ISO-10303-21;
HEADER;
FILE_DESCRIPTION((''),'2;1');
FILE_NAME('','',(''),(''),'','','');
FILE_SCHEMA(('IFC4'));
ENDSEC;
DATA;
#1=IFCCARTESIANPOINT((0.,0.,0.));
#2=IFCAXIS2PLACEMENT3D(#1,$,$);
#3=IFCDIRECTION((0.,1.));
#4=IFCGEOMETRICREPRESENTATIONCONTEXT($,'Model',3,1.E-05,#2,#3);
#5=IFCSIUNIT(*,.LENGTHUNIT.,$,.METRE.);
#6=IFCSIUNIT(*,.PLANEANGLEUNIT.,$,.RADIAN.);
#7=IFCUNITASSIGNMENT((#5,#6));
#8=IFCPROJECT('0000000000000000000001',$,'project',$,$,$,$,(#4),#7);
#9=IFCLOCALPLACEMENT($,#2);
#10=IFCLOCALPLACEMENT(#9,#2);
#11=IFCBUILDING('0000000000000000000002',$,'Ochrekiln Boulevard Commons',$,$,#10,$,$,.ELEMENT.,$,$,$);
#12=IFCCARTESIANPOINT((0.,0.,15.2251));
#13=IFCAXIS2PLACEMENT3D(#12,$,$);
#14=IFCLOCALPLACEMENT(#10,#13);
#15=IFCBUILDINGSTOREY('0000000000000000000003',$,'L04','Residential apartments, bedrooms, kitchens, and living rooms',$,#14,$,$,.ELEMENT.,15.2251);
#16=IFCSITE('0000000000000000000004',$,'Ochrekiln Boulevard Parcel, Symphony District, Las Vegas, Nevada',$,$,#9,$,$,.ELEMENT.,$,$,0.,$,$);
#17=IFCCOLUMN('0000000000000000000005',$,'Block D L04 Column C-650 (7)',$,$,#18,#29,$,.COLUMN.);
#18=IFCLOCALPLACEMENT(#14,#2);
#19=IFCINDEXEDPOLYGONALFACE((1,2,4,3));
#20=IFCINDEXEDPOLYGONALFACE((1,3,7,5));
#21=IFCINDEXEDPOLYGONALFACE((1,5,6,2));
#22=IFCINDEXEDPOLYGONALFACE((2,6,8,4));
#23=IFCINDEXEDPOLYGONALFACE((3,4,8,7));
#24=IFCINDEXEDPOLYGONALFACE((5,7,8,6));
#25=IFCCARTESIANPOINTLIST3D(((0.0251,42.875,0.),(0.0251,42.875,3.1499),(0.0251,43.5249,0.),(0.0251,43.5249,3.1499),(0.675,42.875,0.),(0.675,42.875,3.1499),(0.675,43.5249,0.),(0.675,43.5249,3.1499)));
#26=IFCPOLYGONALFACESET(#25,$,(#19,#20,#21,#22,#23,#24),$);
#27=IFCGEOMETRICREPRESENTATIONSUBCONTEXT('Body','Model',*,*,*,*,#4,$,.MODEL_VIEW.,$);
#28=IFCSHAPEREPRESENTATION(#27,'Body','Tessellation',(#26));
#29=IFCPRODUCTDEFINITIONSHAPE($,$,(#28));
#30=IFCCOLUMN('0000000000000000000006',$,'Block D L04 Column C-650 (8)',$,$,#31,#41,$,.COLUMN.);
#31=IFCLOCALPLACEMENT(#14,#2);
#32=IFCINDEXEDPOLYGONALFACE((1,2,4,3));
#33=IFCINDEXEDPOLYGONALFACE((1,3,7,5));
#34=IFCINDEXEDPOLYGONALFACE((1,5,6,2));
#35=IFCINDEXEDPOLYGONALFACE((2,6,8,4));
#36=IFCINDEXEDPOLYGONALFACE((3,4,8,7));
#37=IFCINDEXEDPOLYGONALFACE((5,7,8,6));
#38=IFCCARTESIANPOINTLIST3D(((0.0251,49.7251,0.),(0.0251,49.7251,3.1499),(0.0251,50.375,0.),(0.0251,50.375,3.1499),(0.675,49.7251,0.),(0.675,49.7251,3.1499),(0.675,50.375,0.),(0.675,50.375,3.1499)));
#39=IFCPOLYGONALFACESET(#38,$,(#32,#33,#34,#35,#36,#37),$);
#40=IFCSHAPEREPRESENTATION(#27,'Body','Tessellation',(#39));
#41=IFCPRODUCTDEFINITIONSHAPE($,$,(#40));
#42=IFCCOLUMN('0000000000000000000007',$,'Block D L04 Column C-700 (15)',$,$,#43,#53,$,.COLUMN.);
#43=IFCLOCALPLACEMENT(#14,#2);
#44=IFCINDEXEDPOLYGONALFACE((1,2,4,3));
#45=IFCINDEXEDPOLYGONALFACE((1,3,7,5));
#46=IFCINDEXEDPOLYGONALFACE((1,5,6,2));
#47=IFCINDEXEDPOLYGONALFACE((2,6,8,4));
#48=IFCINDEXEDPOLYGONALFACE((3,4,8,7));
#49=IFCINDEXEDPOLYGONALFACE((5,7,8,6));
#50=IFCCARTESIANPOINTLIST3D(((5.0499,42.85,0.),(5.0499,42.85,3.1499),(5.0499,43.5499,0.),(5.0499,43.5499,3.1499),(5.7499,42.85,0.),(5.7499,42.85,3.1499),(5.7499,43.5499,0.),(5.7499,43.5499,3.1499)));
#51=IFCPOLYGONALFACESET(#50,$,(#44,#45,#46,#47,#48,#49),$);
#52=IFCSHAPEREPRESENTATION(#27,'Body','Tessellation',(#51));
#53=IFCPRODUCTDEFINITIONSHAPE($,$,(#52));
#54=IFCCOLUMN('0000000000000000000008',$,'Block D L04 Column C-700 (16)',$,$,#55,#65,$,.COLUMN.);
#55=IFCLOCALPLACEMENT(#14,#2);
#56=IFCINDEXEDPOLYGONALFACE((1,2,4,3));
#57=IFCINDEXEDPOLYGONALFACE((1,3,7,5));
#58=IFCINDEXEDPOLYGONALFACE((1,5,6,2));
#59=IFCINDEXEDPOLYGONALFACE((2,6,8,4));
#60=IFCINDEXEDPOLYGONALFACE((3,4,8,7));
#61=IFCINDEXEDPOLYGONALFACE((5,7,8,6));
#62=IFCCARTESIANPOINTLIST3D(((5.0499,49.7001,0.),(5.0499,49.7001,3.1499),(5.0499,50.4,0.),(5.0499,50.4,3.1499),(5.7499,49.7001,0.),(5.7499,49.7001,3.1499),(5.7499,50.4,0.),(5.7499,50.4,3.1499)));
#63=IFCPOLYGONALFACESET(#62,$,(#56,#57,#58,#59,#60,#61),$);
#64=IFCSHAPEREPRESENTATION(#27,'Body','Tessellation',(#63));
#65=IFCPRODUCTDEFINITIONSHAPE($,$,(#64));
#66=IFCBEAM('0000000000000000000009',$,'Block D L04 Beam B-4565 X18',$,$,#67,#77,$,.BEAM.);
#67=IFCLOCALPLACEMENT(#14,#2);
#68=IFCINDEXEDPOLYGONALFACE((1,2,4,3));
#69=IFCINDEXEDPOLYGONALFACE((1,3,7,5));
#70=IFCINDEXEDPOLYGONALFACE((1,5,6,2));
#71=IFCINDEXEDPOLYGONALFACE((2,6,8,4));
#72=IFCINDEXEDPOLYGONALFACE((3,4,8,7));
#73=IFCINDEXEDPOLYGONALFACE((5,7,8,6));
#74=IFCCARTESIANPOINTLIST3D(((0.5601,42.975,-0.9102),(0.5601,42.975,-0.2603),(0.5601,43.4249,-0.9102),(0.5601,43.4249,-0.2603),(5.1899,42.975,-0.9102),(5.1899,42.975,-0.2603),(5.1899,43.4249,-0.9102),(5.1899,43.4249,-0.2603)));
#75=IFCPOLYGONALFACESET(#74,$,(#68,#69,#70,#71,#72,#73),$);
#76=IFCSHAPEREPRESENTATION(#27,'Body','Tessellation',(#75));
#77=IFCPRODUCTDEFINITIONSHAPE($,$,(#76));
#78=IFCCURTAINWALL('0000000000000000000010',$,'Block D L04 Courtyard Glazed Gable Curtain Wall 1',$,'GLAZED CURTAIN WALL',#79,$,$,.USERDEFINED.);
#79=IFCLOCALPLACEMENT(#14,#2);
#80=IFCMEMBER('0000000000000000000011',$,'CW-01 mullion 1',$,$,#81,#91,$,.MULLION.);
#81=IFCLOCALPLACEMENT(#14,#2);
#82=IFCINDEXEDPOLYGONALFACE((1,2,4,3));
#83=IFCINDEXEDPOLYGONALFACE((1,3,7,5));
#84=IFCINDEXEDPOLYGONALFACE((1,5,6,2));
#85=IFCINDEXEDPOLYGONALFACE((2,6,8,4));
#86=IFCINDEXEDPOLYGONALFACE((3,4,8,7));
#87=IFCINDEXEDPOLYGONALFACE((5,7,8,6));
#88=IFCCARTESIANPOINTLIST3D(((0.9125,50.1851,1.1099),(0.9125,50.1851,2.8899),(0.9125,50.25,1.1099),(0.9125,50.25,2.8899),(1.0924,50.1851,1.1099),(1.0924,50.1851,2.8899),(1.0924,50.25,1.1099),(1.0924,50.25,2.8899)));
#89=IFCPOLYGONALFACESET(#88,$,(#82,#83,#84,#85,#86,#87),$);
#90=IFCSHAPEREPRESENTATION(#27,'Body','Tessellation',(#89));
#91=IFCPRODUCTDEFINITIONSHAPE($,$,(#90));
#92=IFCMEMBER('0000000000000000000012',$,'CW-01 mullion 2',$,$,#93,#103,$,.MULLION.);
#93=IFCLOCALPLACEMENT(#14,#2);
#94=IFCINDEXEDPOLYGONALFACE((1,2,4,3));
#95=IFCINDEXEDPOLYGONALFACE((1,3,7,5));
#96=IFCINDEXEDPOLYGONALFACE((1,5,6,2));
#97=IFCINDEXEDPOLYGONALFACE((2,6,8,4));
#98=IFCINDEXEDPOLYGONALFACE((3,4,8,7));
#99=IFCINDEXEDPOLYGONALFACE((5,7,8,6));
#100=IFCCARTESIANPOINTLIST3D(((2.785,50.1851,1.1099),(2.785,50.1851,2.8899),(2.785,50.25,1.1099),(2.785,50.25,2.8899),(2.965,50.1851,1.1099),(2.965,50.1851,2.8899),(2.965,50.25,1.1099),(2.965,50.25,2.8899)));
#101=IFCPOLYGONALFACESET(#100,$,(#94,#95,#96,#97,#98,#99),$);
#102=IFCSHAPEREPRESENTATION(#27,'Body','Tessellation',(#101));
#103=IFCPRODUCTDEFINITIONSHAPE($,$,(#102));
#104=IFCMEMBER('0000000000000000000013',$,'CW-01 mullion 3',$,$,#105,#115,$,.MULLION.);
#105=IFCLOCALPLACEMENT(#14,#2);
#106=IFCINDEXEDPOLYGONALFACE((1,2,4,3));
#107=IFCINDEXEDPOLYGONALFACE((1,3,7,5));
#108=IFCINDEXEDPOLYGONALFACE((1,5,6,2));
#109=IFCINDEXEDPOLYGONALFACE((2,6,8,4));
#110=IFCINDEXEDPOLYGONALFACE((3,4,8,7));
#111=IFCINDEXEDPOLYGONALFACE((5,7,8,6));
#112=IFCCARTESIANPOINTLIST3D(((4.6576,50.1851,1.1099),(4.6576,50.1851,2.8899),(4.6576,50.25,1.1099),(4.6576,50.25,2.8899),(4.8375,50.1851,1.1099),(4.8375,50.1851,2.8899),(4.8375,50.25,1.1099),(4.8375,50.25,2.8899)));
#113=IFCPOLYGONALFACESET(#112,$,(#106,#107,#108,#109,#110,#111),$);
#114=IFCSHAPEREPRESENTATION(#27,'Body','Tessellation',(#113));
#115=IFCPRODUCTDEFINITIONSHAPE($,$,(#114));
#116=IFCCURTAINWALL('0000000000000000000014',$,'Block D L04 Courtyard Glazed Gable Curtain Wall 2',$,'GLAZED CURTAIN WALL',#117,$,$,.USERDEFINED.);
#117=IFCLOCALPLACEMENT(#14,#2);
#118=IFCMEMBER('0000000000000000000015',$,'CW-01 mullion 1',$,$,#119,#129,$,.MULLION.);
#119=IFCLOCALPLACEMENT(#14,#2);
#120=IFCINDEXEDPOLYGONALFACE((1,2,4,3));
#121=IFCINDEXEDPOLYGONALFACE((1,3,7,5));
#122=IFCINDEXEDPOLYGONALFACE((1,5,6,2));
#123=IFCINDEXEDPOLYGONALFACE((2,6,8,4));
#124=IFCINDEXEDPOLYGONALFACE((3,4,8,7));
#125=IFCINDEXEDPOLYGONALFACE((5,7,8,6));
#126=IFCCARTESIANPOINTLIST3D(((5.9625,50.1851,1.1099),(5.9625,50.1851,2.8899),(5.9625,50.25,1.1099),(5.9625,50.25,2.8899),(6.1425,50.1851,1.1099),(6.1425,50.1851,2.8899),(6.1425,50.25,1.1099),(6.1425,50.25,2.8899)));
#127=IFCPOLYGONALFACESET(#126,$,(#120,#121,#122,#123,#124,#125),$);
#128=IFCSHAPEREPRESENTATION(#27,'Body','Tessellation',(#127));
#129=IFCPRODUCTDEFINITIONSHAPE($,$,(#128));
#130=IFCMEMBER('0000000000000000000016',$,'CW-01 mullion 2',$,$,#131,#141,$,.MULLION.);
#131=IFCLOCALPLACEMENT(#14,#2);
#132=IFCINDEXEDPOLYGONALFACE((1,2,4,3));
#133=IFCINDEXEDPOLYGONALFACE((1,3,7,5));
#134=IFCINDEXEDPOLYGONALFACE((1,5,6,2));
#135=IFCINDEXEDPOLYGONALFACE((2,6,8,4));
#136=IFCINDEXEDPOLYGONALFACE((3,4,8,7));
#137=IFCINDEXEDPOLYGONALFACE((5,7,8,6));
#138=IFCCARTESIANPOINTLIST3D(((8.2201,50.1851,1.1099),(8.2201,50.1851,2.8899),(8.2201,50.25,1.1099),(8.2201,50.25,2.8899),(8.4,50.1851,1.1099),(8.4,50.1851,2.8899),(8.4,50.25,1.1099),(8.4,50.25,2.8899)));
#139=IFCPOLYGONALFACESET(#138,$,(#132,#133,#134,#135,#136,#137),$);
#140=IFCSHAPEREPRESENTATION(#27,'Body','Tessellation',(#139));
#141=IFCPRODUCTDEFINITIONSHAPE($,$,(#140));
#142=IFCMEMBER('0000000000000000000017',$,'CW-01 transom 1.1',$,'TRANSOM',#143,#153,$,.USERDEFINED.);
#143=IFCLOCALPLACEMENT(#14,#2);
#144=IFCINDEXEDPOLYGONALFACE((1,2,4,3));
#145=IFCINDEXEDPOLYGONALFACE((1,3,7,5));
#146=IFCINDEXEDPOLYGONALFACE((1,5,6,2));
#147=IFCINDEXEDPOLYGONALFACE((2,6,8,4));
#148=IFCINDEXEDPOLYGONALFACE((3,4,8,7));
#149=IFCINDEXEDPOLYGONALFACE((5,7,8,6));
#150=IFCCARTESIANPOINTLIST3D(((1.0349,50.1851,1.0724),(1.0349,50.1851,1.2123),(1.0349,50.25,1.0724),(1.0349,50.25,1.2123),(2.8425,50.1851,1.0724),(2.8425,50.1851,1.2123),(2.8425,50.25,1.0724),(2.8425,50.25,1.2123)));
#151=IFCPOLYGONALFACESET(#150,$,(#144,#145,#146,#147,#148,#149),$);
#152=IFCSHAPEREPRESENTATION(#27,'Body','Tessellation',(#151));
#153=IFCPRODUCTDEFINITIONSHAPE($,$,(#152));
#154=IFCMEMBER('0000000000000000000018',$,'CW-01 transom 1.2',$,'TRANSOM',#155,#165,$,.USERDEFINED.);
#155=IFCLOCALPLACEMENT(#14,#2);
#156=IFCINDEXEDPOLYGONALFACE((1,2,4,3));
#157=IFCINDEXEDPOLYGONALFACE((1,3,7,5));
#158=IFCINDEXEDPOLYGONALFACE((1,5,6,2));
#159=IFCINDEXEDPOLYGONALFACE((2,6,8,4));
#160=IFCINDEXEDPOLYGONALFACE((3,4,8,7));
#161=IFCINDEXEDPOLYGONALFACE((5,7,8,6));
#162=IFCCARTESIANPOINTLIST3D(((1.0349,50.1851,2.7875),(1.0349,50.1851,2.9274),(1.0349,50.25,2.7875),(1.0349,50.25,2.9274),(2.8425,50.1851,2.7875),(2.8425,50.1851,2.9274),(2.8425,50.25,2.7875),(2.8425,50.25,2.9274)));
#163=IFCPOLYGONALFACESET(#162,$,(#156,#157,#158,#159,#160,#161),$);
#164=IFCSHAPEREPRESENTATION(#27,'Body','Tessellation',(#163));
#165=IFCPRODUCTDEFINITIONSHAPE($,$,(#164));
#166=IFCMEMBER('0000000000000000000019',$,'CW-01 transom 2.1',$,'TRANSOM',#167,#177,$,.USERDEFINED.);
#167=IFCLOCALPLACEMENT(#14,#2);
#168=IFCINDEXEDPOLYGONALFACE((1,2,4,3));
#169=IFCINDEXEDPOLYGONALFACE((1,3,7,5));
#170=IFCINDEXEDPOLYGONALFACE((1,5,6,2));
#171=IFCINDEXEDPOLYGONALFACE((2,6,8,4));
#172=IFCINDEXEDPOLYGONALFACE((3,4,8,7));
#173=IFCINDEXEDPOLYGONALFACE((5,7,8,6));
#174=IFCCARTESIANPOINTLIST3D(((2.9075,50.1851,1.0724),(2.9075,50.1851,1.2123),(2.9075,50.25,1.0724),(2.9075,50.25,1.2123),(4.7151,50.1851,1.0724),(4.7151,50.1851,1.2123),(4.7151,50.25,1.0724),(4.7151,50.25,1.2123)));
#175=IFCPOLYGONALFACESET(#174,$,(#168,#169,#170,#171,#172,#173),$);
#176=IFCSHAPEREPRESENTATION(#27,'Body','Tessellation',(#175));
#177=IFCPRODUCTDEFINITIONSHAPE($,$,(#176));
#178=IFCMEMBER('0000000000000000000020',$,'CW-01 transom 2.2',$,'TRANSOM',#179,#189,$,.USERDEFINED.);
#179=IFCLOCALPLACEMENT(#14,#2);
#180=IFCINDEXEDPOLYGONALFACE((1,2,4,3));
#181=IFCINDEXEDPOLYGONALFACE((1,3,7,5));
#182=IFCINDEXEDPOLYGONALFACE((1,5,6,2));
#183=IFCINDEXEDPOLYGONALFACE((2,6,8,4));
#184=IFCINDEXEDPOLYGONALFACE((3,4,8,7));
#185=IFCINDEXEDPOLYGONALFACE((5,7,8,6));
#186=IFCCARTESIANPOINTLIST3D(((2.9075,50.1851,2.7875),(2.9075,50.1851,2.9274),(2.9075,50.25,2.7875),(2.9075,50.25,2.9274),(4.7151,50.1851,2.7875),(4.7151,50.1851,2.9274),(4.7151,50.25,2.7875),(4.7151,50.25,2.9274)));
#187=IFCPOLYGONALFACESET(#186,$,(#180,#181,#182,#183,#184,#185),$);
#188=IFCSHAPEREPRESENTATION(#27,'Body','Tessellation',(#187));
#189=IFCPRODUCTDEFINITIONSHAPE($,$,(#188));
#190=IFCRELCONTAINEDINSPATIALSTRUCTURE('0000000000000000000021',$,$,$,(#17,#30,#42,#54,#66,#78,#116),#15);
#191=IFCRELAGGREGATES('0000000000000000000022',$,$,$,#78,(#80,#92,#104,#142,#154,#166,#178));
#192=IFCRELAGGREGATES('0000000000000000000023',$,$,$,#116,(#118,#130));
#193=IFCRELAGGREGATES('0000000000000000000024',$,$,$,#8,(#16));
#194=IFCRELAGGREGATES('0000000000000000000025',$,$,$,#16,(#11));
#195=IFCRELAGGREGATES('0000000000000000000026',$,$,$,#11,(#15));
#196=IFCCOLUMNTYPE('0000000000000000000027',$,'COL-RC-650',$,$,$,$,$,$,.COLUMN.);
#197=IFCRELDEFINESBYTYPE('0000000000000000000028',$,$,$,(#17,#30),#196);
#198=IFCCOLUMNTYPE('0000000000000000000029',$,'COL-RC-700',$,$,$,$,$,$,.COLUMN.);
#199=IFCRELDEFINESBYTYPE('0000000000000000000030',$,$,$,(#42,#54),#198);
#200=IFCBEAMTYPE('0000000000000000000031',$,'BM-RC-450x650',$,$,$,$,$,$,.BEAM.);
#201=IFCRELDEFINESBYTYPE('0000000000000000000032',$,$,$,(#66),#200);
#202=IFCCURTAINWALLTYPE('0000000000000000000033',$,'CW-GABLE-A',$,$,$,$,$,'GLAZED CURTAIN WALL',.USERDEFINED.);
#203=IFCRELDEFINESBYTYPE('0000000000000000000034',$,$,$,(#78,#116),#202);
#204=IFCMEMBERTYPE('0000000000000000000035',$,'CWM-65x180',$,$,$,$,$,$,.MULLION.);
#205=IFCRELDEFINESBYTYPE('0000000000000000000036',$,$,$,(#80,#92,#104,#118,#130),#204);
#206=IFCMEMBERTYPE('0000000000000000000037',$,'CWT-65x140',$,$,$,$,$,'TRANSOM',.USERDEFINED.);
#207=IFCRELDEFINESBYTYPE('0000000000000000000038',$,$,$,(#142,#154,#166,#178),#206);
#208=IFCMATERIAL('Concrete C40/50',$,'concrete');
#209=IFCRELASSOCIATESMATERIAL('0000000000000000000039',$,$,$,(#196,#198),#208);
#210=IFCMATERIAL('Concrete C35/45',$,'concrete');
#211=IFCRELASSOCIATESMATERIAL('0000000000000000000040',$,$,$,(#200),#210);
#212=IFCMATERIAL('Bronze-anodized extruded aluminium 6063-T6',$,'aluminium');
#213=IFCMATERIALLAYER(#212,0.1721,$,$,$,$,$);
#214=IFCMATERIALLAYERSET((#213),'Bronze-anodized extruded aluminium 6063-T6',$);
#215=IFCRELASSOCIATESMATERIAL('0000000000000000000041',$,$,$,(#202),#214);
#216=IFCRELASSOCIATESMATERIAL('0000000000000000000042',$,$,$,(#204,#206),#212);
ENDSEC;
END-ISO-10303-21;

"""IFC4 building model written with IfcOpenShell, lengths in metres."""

from ifc_helpers import new_model, si_unit, direction, frame, origin, origin_2d, place, context, subcontext, project, spatial, rectangle, extrude, material, layer, layer_set, material_profile, profile_set, type_object, element, aggregate, save


model = new_model("IFC4")

# Units and contexts
model_context = context("Model", 3, precision=1e-05, world=origin(), true_north=direction((0.0, 1.0)))
body_context = subcontext(model_context, "Body", "Model", "MODEL_VIEW")
ifc_project = project(units=[si_unit("LENGTHUNIT", "METRE"), si_unit("PLANEANGLEUNIT", "RADIAN")], contexts=[model_context])

# Site, building, storey
site_placement = place(None, origin())
site = spatial("IfcSite", under=ifc_project, at=site_placement, Name="Ochrekiln Boulevard Parcel, Symphony District, Las Vegas, Nevada", CompositionType="ELEMENT", RefElevation=0.0)
building_placement = place(site_placement, origin())
building = spatial("IfcBuilding", under=site, at=building_placement, Name="Ochrekiln Boulevard Commons", CompositionType="ELEMENT")
storey_placement = place(building_placement, frame((0.0, 0.0, 15.2251)))
storey = spatial("IfcBuildingStorey", under=building, at=storey_placement, Name="L04", Description="Residential apartments, bedrooms, kitchens, and living rooms", CompositionType="ELEMENT", Elevation=15.2251)

# Columns
ifc_material_1 = material(Name="Concrete C40/50", Category="concrete")
ifc_material_profile_1 = material_profile(ifc_material_1, rectangle(XDim=0.6499, YDim=0.6499, at=origin_2d()), Name="RC-COL-650x650")
ifc_profile_set_1 = profile_set([ifc_material_profile_1], Name="Concrete C40/50")
column_type_1 = type_object("IfcColumnType", Name="COL-RC-650", PredefinedType="COLUMN", material=ifc_profile_set_1)
for number, where, z_axis, x_axis, name in (
    (1, (0.3501, 43.2, 0.0), (0.0, 0.0, 1.0), (1.0, 0.0, 0.0), "Block D L04 Column C-650 (7)"),
    (2, (0.3501, 50.05, 0.0), (0.0, 0.0, 1.0), (1.0, 0.0, 0.0), "Block D L04 Column C-650 (8)"),
):
    element("IfcColumn", number, at=place(storey_placement, frame(where, z_axis=z_axis, x_axis=x_axis)), inside=storey, type_object=column_type_1, Name=name, PredefinedType="COLUMN", context=body_context, shape_type="SweptSolid", body=[
        extrude(rectangle(XDim=0.6499, YDim=0.6499, at=origin_2d()), origin(), (0.0, 0.0, 1.0), 3.1499),
    ])
ifc_material_profile_2 = material_profile(ifc_material_1, rectangle(XDim=0.7, YDim=0.7, at=origin_2d()), Name="RC-COL-700x700")
ifc_profile_set_2 = profile_set([ifc_material_profile_2], Name="Concrete C40/50")
column_type_2 = type_object("IfcColumnType", Name="COL-RC-700", PredefinedType="COLUMN", material=ifc_profile_set_2)
for number, where, z_axis, x_axis, name in (
    (3, (5.3999, 43.2, 0.0), (0.0, 0.0, 1.0), (1.0, 0.0, 0.0), "Block D L04 Column C-700 (15)"),
    (4, (5.3999, 50.05, 0.0), (0.0, 0.0, 1.0), (1.0, 0.0, 0.0), "Block D L04 Column C-700 (16)"),
):
    element("IfcColumn", number, at=place(storey_placement, frame(where, z_axis=z_axis, x_axis=x_axis)), inside=storey, type_object=column_type_2, Name=name, PredefinedType="COLUMN", context=body_context, shape_type="SweptSolid", body=[
        extrude(rectangle(XDim=0.7, YDim=0.7, at=origin_2d()), origin(), (0.0, 0.0, 1.0), 3.1499),
    ])

# Beam
ifc_material_2 = material(Name="Concrete C35/45", Category="concrete")
ifc_material_profile_3 = material_profile(ifc_material_2, rectangle(XDim=0.45, YDim=0.6499, at=origin_2d()), Name="RC-BM-450x650")
ifc_profile_set_3 = profile_set([ifc_material_profile_3], Name="Concrete C35/45")
beam_type_1 = type_object("IfcBeamType", Name="BM-RC-450x650", PredefinedType="BEAM", material=ifc_profile_set_3)
beam_1_placement = place(storey_placement, frame((0.5601, 43.2, -0.5852), z_axis=(1.0, 0.0, 0.0), x_axis=(0.0, 1.0, 0.0)))
element("IfcBeam", 5, at=beam_1_placement, inside=storey, type_object=beam_type_1, Name="Block D L04 Beam B-4565 X18", PredefinedType="BEAM", context=body_context, shape_type="SweptSolid", body=[
    extrude(rectangle(XDim=0.45, YDim=0.6499, at=origin_2d()), origin(), (0.0, 0.0, 1.0), 4.6299),
])

# Curtain walls, members
ifc_material_3 = material(Name="Bronze-anodized extruded aluminium 6063-T6", Category="aluminium")
ifc_layer_1 = layer(ifc_material_3, 0.1721)
ifc_layer_set_1 = layer_set([ifc_layer_1], Name="Bronze-anodized extruded aluminium 6063-T6")
curtain_wall_type = type_object("IfcCurtainWallType", Name="CW-GABLE-A", ElementType="GLAZED CURTAIN WALL", PredefinedType="USERDEFINED", material=ifc_layer_set_1)
curtain_wall_1_placement = place(storey_placement, origin())
curtain_wall_1 = element("IfcCurtainWall", 6, at=curtain_wall_1_placement, inside=storey, type_object=curtain_wall_type, Name="Block D L04 Courtyard Glazed Gable Curtain Wall 1", ObjectType="GLAZED CURTAIN WALL", PredefinedType="USERDEFINED")
ifc_material_profile_4 = material_profile(ifc_material_3, rectangle(XDim=0.0649, YDim=0.1799, at=origin_2d()), Name="ALU-MUL-65x180")
ifc_profile_set_4 = profile_set([ifc_material_profile_4], Name="Bronze-anodized extruded aluminium 6063-T6")
member_type_1 = type_object("IfcMemberType", Name="CWM-65x180", PredefinedType="MULLION", material=ifc_profile_set_4)
member_1_placement = place(storey_placement, frame((1.0024, 50.2175, 1.1099), z_axis=(0.0, 0.0, 1.0), x_axis=(0.0, 1.0, 0.0)))
member_1 = element("IfcMember", 7, at=member_1_placement, type_object=member_type_1, Name="CW-01 mullion 1", PredefinedType="MULLION", context=body_context, shape_type="SweptSolid", body=[
    extrude(rectangle(XDim=0.0649, YDim=0.1799, at=origin_2d()), origin(), (0.0, 0.0, 1.0), 1.78),
])
member_2_placement = place(storey_placement, frame((2.875, 50.2175, 1.1099), z_axis=(0.0, 0.0, 1.0), x_axis=(0.0, 1.0, 0.0)))
member_2 = element("IfcMember", 8, at=member_2_placement, type_object=member_type_1, Name="CW-01 mullion 2", PredefinedType="MULLION", context=body_context, shape_type="SweptSolid", body=[
    extrude(rectangle(XDim=0.0649, YDim=0.1799, at=origin_2d()), origin(), (0.0, 0.0, 1.0), 1.78),
])
member_3_placement = place(storey_placement, frame((4.7476, 50.2175, 1.1099), z_axis=(0.0, 0.0, 1.0), x_axis=(0.0, 1.0, 0.0)))
member_3 = element("IfcMember", 9, at=member_3_placement, type_object=member_type_1, Name="CW-01 mullion 3", PredefinedType="MULLION", context=body_context, shape_type="SweptSolid", body=[
    extrude(rectangle(XDim=0.0649, YDim=0.1799, at=origin_2d()), origin(), (0.0, 0.0, 1.0), 1.78),
])
curtain_wall_2_placement = place(storey_placement, origin())
curtain_wall_2 = element("IfcCurtainWall", 10, at=curtain_wall_2_placement, inside=storey, type_object=curtain_wall_type, Name="Block D L04 Courtyard Glazed Gable Curtain Wall 2", ObjectType="GLAZED CURTAIN WALL", PredefinedType="USERDEFINED")
member_4_placement = place(storey_placement, frame((6.0525, 50.2175, 1.1099), z_axis=(0.0, 0.0, 1.0), x_axis=(0.0, 1.0, 0.0)))
member_4 = element("IfcMember", 11, at=member_4_placement, type_object=member_type_1, Name="CW-01 mullion 1", PredefinedType="MULLION", context=body_context, shape_type="SweptSolid", body=[
    extrude(rectangle(XDim=0.0649, YDim=0.1799, at=origin_2d()), origin(), (0.0, 0.0, 1.0), 1.78),
])
member_5_placement = place(storey_placement, frame((8.3101, 50.2175, 1.1099), z_axis=(0.0, 0.0, 1.0), x_axis=(0.0, 1.0, 0.0)))
member_5 = element("IfcMember", 12, at=member_5_placement, type_object=member_type_1, Name="CW-01 mullion 2", PredefinedType="MULLION", context=body_context, shape_type="SweptSolid", body=[
    extrude(rectangle(XDim=0.0649, YDim=0.1799, at=origin_2d()), origin(), (0.0, 0.0, 1.0), 1.78),
])

# Members
ifc_material_profile_5 = material_profile(ifc_material_3, rectangle(XDim=0.0649, YDim=0.1399, at=origin_2d()), Name="ALU-TRN-65x140")
ifc_profile_set_5 = profile_set([ifc_material_profile_5], Name="Bronze-anodized extruded aluminium 6063-T6")
member_type_2 = type_object("IfcMemberType", Name="CWT-65x140", ElementType="TRANSOM", PredefinedType="USERDEFINED", material=ifc_profile_set_5)
member_6_placement = place(storey_placement, frame((1.0349, 50.2175, 1.1423), z_axis=(1.0, 0.0, 0.0), x_axis=(0.0, 1.0, 0.0)))
member_6 = element("IfcMember", 13, at=member_6_placement, type_object=member_type_2, Name="CW-01 transom 1.1", ObjectType="TRANSOM", PredefinedType="USERDEFINED", context=body_context, shape_type="SweptSolid", body=[
    extrude(rectangle(XDim=0.0649, YDim=0.1399, at=origin_2d()), origin(), (0.0, 0.0, 1.0), 1.8076),
])
member_7_placement = place(storey_placement, frame((1.0349, 50.2175, 2.8574), z_axis=(1.0, 0.0, 0.0), x_axis=(0.0, 1.0, 0.0)))
member_7 = element("IfcMember", 14, at=member_7_placement, type_object=member_type_2, Name="CW-01 transom 1.2", ObjectType="TRANSOM", PredefinedType="USERDEFINED", context=body_context, shape_type="SweptSolid", body=[
    extrude(rectangle(XDim=0.0649, YDim=0.1399, at=origin_2d()), origin(), (0.0, 0.0, 1.0), 1.8076),
])
member_8_placement = place(storey_placement, frame((2.9075, 50.2175, 1.1423), z_axis=(1.0, 0.0, 0.0), x_axis=(0.0, 1.0, 0.0)))
member_8 = element("IfcMember", 15, at=member_8_placement, type_object=member_type_2, Name="CW-01 transom 2.1", ObjectType="TRANSOM", PredefinedType="USERDEFINED", context=body_context, shape_type="SweptSolid", body=[
    extrude(rectangle(XDim=0.0649, YDim=0.1399, at=origin_2d()), origin(), (0.0, 0.0, 1.0), 1.8076),
])
member_9_placement = place(storey_placement, frame((2.9075, 50.2175, 2.8574), z_axis=(1.0, 0.0, 0.0), x_axis=(0.0, 1.0, 0.0)))
member_9 = element("IfcMember", 16, at=member_9_placement, type_object=member_type_2, Name="CW-01 transom 2.2", ObjectType="TRANSOM", PredefinedType="USERDEFINED", context=body_context, shape_type="SweptSolid", body=[
    extrude(rectangle(XDim=0.0649, YDim=0.1399, at=origin_2d()), origin(), (0.0, 0.0, 1.0), 1.8076),
])

aggregate(curtain_wall_1, [member_1, member_2, member_3, member_6, member_7, member_8, member_9])
aggregate(curtain_wall_2, [member_4, member_5])

save(model, "model.ifc")
